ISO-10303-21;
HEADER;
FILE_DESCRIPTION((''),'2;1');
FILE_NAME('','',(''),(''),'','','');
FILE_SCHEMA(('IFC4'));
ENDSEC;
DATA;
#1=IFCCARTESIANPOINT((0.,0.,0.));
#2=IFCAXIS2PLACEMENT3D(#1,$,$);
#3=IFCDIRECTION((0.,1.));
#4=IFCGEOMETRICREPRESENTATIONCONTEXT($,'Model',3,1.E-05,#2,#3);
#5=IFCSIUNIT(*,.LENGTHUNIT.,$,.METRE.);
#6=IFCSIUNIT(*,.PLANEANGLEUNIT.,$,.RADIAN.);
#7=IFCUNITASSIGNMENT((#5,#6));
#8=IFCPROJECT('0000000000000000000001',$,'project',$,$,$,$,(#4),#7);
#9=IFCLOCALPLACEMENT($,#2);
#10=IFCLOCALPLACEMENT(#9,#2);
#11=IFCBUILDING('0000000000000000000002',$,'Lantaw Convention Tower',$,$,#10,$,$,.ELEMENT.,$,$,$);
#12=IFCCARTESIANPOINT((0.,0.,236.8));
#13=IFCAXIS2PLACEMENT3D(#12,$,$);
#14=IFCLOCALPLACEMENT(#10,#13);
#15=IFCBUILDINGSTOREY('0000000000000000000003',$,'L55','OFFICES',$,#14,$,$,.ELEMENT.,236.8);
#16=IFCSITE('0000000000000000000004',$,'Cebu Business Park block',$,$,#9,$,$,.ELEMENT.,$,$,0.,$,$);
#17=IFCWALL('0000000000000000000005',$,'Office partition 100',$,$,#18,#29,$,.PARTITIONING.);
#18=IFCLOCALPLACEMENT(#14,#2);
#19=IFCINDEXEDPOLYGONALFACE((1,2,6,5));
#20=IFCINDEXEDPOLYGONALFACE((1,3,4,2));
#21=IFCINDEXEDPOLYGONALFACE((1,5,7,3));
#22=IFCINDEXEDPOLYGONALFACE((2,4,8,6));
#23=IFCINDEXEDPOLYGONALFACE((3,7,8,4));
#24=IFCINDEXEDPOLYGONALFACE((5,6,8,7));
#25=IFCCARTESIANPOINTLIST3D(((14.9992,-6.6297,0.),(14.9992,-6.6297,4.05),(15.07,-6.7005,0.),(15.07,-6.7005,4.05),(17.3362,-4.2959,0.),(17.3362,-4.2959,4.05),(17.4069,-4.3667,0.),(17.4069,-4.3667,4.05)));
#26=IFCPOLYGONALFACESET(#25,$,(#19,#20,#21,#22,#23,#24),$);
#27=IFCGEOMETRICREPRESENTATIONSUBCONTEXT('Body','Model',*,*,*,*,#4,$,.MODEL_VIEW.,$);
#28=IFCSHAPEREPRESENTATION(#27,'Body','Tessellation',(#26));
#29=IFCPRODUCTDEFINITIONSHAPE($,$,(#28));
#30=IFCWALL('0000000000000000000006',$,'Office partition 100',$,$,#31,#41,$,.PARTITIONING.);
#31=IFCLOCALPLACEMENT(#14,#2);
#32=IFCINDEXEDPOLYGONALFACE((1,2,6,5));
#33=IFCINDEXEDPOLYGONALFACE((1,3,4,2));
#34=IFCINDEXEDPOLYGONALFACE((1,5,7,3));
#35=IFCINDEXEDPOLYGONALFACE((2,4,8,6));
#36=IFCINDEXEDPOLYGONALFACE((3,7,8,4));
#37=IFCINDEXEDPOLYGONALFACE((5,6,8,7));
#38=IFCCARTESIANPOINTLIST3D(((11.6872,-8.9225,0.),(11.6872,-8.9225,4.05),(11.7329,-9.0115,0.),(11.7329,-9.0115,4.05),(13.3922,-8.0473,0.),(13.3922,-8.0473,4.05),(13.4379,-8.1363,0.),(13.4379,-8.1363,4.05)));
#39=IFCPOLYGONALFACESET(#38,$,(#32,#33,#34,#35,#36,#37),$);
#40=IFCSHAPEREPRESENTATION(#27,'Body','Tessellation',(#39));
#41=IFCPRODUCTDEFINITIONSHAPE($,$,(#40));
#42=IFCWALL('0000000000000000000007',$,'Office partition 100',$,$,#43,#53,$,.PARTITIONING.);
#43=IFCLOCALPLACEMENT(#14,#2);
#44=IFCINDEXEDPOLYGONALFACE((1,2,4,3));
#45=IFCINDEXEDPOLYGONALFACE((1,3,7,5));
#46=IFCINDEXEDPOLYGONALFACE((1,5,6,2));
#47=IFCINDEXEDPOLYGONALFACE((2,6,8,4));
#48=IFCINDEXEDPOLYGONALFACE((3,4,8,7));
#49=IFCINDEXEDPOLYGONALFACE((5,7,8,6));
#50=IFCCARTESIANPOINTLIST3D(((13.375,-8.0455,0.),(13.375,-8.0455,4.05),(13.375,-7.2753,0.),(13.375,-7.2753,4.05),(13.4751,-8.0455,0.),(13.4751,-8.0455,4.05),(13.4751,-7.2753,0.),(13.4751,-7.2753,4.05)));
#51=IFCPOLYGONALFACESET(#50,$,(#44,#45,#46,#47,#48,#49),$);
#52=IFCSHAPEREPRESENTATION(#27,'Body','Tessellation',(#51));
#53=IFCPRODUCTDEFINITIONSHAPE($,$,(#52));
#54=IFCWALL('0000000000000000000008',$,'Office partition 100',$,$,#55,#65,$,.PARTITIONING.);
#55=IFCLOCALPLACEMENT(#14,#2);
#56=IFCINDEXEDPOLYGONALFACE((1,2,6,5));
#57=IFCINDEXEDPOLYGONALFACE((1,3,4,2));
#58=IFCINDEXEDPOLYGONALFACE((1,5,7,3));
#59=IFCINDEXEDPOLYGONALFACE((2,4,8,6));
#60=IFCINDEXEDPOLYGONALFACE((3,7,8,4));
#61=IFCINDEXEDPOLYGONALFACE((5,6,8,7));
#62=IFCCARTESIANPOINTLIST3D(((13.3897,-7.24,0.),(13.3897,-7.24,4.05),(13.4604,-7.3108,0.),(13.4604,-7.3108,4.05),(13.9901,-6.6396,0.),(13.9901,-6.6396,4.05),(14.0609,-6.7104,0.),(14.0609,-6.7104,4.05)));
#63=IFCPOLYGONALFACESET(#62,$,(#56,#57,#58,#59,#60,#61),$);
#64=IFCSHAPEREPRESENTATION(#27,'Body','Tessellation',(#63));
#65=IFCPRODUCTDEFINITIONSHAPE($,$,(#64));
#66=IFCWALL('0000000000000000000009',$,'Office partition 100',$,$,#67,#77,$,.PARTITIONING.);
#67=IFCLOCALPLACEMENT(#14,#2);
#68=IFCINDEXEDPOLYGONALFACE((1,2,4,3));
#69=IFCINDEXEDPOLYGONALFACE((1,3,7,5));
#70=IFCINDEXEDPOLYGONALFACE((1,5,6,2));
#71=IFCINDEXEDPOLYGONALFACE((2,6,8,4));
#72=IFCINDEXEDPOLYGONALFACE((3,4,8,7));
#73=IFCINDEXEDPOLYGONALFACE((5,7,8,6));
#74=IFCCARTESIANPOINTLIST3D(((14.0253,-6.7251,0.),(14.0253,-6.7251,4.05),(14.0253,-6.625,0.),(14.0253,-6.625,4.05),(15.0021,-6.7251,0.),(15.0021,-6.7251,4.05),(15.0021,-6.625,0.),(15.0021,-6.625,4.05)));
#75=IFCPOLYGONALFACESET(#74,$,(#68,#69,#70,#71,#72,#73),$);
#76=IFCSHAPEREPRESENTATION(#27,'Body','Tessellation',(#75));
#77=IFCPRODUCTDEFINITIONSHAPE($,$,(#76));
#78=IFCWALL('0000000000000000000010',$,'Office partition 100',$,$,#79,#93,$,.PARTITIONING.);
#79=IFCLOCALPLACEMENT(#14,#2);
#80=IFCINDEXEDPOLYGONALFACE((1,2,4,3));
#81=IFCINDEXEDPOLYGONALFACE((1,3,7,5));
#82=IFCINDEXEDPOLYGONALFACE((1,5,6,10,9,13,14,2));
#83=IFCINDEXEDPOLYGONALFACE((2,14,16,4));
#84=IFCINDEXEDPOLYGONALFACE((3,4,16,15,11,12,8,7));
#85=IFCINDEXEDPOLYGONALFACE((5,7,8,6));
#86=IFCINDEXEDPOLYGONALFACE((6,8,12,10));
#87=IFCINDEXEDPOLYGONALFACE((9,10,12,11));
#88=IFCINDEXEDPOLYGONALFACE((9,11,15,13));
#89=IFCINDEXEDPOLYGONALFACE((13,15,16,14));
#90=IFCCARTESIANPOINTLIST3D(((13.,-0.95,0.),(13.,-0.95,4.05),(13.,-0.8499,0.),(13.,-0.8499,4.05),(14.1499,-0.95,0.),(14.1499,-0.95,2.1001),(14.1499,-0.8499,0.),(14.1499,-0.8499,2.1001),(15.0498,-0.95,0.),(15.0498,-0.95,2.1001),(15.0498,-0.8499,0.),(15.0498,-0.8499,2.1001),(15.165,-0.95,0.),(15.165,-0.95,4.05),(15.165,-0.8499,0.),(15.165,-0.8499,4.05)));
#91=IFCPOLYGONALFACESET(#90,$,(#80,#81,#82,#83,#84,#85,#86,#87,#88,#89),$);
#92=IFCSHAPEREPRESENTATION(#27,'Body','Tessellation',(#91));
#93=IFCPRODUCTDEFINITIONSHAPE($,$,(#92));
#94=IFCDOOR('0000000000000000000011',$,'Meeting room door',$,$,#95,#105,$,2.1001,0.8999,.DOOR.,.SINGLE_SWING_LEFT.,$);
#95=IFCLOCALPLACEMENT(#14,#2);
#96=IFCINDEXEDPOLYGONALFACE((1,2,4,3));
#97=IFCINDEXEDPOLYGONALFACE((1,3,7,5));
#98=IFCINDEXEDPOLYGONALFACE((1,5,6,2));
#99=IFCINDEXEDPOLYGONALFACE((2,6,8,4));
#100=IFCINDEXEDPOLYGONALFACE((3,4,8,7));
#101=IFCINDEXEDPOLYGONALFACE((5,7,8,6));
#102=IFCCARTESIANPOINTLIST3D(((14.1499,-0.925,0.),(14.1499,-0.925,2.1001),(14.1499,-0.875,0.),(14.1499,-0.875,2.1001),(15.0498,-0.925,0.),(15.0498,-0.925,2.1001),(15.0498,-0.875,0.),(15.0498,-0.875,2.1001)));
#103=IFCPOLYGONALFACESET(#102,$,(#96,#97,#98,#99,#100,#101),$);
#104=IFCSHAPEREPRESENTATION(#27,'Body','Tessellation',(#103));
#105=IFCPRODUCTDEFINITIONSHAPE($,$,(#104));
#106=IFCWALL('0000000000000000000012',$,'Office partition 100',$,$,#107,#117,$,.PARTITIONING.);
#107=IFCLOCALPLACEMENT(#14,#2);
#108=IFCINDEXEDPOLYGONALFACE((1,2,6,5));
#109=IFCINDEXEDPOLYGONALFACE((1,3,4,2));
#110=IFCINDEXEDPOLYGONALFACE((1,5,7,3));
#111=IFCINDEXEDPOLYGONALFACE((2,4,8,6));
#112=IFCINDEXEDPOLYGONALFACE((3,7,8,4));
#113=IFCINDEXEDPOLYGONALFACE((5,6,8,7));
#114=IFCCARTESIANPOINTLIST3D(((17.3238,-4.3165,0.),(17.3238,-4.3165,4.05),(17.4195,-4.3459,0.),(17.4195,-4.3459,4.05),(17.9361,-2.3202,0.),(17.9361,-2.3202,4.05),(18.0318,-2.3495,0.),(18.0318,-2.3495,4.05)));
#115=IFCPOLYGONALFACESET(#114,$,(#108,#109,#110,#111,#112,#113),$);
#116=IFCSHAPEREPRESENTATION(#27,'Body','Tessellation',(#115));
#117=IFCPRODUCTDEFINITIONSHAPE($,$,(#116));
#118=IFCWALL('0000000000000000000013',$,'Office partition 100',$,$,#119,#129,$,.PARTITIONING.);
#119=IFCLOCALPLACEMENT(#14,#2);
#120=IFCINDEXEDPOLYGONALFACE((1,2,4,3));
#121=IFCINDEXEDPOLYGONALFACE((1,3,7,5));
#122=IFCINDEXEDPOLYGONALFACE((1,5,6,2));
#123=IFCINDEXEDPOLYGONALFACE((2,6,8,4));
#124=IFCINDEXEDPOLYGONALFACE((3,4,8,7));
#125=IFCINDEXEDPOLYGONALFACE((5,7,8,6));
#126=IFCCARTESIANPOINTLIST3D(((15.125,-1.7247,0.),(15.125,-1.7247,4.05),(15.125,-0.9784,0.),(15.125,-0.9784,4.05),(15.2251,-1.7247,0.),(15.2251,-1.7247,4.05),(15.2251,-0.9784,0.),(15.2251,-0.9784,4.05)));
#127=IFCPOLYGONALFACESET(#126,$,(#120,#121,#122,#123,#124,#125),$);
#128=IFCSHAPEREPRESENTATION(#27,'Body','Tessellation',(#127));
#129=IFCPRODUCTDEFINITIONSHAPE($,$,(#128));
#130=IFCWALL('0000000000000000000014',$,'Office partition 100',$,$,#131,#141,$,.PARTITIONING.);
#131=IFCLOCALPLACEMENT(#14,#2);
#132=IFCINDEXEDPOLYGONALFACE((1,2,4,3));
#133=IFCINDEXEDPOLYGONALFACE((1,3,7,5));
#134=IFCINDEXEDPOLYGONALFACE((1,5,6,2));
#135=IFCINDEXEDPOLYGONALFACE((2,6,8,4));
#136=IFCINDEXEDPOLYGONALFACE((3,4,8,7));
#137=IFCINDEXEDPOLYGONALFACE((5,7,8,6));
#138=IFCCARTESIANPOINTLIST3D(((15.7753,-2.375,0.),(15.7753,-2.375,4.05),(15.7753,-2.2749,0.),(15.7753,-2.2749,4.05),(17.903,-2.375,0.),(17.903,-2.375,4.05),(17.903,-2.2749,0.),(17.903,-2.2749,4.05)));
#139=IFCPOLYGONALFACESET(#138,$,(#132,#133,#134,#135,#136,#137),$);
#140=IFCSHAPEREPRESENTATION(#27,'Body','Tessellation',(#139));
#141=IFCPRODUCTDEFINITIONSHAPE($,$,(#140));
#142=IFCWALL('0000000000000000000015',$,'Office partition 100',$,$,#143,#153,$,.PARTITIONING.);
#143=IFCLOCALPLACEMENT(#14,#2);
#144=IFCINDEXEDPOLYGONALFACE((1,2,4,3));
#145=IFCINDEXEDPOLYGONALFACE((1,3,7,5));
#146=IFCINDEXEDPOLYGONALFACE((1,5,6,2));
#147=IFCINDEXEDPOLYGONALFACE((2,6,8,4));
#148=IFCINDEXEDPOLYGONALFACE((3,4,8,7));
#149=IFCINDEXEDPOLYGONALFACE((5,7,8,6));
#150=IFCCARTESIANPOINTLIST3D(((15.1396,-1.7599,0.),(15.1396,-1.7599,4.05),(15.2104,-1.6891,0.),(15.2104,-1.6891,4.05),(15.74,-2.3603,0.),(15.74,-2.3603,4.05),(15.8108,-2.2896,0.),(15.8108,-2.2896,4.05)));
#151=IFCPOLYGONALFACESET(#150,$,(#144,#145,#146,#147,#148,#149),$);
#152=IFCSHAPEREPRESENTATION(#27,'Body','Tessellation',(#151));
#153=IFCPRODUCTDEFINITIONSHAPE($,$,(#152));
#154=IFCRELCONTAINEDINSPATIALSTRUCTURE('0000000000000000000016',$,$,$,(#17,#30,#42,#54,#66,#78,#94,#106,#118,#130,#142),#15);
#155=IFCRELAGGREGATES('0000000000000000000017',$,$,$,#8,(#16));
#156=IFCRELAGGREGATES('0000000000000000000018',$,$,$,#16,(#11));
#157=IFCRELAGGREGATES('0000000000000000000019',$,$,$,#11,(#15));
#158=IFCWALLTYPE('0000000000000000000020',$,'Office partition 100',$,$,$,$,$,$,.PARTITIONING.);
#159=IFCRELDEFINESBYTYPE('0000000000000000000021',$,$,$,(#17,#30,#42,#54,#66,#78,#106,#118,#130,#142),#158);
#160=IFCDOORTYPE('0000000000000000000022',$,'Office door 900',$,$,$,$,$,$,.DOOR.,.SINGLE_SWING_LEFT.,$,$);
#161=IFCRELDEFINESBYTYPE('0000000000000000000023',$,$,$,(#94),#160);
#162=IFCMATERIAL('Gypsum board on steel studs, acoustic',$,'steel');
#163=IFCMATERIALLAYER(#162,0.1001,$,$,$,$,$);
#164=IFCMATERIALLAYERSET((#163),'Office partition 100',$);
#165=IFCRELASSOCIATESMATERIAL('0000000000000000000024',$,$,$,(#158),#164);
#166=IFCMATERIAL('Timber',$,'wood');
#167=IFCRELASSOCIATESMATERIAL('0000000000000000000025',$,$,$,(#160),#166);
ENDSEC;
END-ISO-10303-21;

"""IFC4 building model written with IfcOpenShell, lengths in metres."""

from ifc_helpers import new_model, si_unit, direction, frame, frame_2d, origin, place, context, subcontext, project, spatial, rectangle, extrude, material, layer, layer_set, type_object, element, fill, save


model = new_model("IFC4")

# Units and contexts
model_context = context("Model", 3, precision=1e-05, world=origin(), true_north=direction((0.0, 1.0)))
body_context = subcontext(model_context, "Body", "Model", "MODEL_VIEW")
ifc_project = project(units=[si_unit("LENGTHUNIT", "METRE"), si_unit("PLANEANGLEUNIT", "RADIAN")], contexts=[model_context])

# Site, building, storey
site_placement = place(None, origin())
site = spatial("IfcSite", under=ifc_project, at=site_placement, Name="Cebu Business Park block", CompositionType="ELEMENT", RefElevation=0.0)
building_placement = place(site_placement, origin())
building = spatial("IfcBuilding", under=site, at=building_placement, Name="Lantaw Convention Tower", CompositionType="ELEMENT")
storey_placement = place(building_placement, frame((0.0, 0.0, 236.8)))
storey = spatial("IfcBuildingStorey", under=building, at=storey_placement, Name="L55", Description="OFFICES", CompositionType="ELEMENT", Elevation=236.8)

# Walls
ifc_material_1 = material(Name="Gypsum board on steel studs, acoustic", Category="steel")
ifc_layer_1 = layer(ifc_material_1, 0.1001)
ifc_layer_set_1 = layer_set([ifc_layer_1], Name="Office partition 100")
wall_type_1 = type_object("IfcWallType", Name="Office partition 100", PredefinedType="PARTITIONING", material=ifc_layer_set_1)
wall_1_placement = place(storey_placement, frame((17.3716, -4.3313, 0.0), z_axis=(0.0, 0.0, 1.0), x_axis=(-0.707587, -0.706626, 0.0)))
element("IfcWall", 1, at=wall_1_placement, inside=storey, type_object=wall_type_1, Name="Office partition 100", PredefinedType="PARTITIONING", context=body_context, shape_type="SweptSolid", body=[
    extrude(rectangle(XDim=3.3027, YDim=0.1001, at=frame_2d((1.6514, 0.0))), origin(), (0.0, 0.0, 1.0), 4.05),
])
wall_2_placement = place(storey_placement, frame((13.415, -8.0918, 0.0), z_axis=(0.0, 0.0, 1.0), x_axis=(-0.889638, -0.456666, 0.0)))
element("IfcWall", 2, at=wall_2_placement, inside=storey, type_object=wall_type_1, Name="Office partition 100", PredefinedType="PARTITIONING", context=body_context, shape_type="SweptSolid", body=[
    extrude(rectangle(XDim=1.9165, YDim=0.1001, at=frame_2d((0.9583, 0.0))), origin(), (0.0, 0.0, 1.0), 4.05),
])
wall_3_placement = place(storey_placement, frame((13.425, -8.0457, 0.0), z_axis=(0.0, 0.0, 1.0), x_axis=(0.0, 1.0, 0.0)))
element("IfcWall", 3, at=wall_3_placement, inside=storey, type_object=wall_type_1, Name="Office partition 100", PredefinedType="PARTITIONING", context=body_context, shape_type="SweptSolid", body=[
    extrude(rectangle(XDim=0.7703, YDim=0.1001, at=frame_2d((0.3853, 0.0))), origin(), (0.0, 0.0, 1.0), 4.05),
])
wall_4_placement = place(storey_placement, frame((13.425, -7.2754, 0.0), z_axis=(0.0, 0.0, 1.0), x_axis=(0.707107, 0.707107, 0.0)))
element("IfcWall", 4, at=wall_4_placement, inside=storey, type_object=wall_type_1, Name="Office partition 100", PredefinedType="PARTITIONING", context=body_context, shape_type="SweptSolid", body=[
    extrude(rectangle(XDim=0.8491, YDim=0.1001, at=frame_2d((0.4246, 0.0))), origin(), (0.0, 0.0, 1.0), 4.05),
])
wall_5_placement = place(storey_placement, frame((14.0254, -6.675, 0.0), z_axis=(0.0, 0.0, 1.0), x_axis=(1.0, 0.0, 0.0)))
element("IfcWall", 5, at=wall_5_placement, inside=storey, type_object=wall_type_1, Name="Office partition 100", PredefinedType="PARTITIONING", context=body_context, shape_type="SweptSolid", body=[
    extrude(rectangle(XDim=0.9768, YDim=0.1001, at=frame_2d((0.4883, 0.0))), origin(), (0.0, 0.0, 1.0), 4.05),
])

# Wall, opening, door
wall_6_placement = place(storey_placement, frame((13.0, -0.8999, 0.0), z_axis=(0.0, 0.0, 1.0), x_axis=(1.0, 0.0, 0.0)))
wall_6 = element("IfcWall", 6, at=wall_6_placement, inside=storey, type_object=wall_type_1, Name="Office partition 100", PredefinedType="PARTITIONING", context=body_context, shape_type="SweptSolid", body=[
    extrude(rectangle(XDim=2.165, YDim=0.1001, at=frame_2d((1.0825, 0.0))), origin(), (0.0, 0.0, 1.0), 4.05),
])
opening_1_placement = place(wall_6_placement, frame((1.1499, 0.0, 0.0)))
opening_1 = element("IfcOpeningElement", 7, at=opening_1_placement, cuts=wall_6, PredefinedType="OPENING", context=body_context, shape_type="SweptSolid", body=[
    extrude(rectangle(XDim=0.8999, YDim=2.1001, at=frame_2d((0.45, 1.05))), frame((0.0, 0.0601, 0.0), z_axis=(0.0, -1.0, 0.0), x_axis=(1.0, 0.0, 0.0)), (0.0, 0.0, 1.0), 0.1201),
])
ifc_material_2 = material(Name="Timber", Category="wood")
door_type_1 = type_object("IfcDoorType", Name="Office door 900", OperationType="SINGLE_SWING_LEFT", PredefinedType="DOOR", material=ifc_material_2)
door_1_placement = place(opening_1_placement, origin())
door_1 = element("IfcDoor", 8, at=door_1_placement, inside=storey, type_object=door_type_1, Name="Meeting room door", OperationType="SINGLE_SWING_LEFT", OverallHeight=2.1001, OverallWidth=0.8999, PredefinedType="DOOR", context=body_context, shape_type="SweptSolid", body=[
    extrude(rectangle(XDim=0.8999, YDim=2.1001, at=frame_2d((0.45, 1.05))), frame((0.0, 0.0249, 0.0), z_axis=(0.0, -1.0, 0.0), x_axis=(1.0, 0.0, 0.0)), (0.0, 0.0, 1.0), 0.05),
])
fill(opening_1, door_1)

# Walls
wall_7_placement = place(storey_placement, frame((17.9839, -2.335, 0.0), z_axis=(0.0, 0.0, 1.0), x_axis=(-0.293231, -0.956042, 0.0)))
element("IfcWall", 9, at=wall_7_placement, inside=storey, type_object=wall_type_1, Name="Office partition 100", PredefinedType="PARTITIONING", context=body_context, shape_type="SweptSolid", body=[
    extrude(rectangle(XDim=2.0881, YDim=0.1001, at=frame_2d((1.0439, 0.0))), origin(), (0.0, 0.0, 1.0), 4.05),
])
wall_8_placement = place(storey_placement, frame((15.175, -1.7246, 0.0), z_axis=(0.0, 0.0, 1.0), x_axis=(0.0, 1.0, 0.0)))
element("IfcWall", 10, at=wall_8_placement, inside=storey, type_object=wall_type_1, Name="Office partition 100", PredefinedType="PARTITIONING", context=body_context, shape_type="SweptSolid", body=[
    extrude(rectangle(XDim=0.7463, YDim=0.1001, at=frame_2d((0.373, 0.0))), origin(), (0.0, 0.0, 1.0), 4.05),
])
wall_9_placement = place(storey_placement, frame((17.9031, -2.325, 0.0), z_axis=(0.0, 0.0, 1.0), x_axis=(-1.0, 0.0, 0.0)))
element("IfcWall", 11, at=wall_9_placement, inside=storey, type_object=wall_type_1, Name="Office partition 100", PredefinedType="PARTITIONING", context=body_context, shape_type="SweptSolid", body=[
    extrude(rectangle(XDim=2.1277, YDim=0.1001, at=frame_2d((1.064, 0.0))), origin(), (0.0, 0.0, 1.0), 4.05),
])
wall_10_placement = place(storey_placement, frame((15.7754, -2.325, 0.0), z_axis=(0.0, 0.0, 1.0), x_axis=(-0.707107, 0.707107, 0.0)))
element("IfcWall", 12, at=wall_10_placement, inside=storey, type_object=wall_type_1, Name="Office partition 100", PredefinedType="PARTITIONING", context=body_context, shape_type="SweptSolid", body=[
    extrude(rectangle(XDim=0.8491, YDim=0.1001, at=frame_2d((0.4246, 0.0))), origin(), (0.0, 0.0, 1.0), 4.05),
])

save(model, "model.ifc")
